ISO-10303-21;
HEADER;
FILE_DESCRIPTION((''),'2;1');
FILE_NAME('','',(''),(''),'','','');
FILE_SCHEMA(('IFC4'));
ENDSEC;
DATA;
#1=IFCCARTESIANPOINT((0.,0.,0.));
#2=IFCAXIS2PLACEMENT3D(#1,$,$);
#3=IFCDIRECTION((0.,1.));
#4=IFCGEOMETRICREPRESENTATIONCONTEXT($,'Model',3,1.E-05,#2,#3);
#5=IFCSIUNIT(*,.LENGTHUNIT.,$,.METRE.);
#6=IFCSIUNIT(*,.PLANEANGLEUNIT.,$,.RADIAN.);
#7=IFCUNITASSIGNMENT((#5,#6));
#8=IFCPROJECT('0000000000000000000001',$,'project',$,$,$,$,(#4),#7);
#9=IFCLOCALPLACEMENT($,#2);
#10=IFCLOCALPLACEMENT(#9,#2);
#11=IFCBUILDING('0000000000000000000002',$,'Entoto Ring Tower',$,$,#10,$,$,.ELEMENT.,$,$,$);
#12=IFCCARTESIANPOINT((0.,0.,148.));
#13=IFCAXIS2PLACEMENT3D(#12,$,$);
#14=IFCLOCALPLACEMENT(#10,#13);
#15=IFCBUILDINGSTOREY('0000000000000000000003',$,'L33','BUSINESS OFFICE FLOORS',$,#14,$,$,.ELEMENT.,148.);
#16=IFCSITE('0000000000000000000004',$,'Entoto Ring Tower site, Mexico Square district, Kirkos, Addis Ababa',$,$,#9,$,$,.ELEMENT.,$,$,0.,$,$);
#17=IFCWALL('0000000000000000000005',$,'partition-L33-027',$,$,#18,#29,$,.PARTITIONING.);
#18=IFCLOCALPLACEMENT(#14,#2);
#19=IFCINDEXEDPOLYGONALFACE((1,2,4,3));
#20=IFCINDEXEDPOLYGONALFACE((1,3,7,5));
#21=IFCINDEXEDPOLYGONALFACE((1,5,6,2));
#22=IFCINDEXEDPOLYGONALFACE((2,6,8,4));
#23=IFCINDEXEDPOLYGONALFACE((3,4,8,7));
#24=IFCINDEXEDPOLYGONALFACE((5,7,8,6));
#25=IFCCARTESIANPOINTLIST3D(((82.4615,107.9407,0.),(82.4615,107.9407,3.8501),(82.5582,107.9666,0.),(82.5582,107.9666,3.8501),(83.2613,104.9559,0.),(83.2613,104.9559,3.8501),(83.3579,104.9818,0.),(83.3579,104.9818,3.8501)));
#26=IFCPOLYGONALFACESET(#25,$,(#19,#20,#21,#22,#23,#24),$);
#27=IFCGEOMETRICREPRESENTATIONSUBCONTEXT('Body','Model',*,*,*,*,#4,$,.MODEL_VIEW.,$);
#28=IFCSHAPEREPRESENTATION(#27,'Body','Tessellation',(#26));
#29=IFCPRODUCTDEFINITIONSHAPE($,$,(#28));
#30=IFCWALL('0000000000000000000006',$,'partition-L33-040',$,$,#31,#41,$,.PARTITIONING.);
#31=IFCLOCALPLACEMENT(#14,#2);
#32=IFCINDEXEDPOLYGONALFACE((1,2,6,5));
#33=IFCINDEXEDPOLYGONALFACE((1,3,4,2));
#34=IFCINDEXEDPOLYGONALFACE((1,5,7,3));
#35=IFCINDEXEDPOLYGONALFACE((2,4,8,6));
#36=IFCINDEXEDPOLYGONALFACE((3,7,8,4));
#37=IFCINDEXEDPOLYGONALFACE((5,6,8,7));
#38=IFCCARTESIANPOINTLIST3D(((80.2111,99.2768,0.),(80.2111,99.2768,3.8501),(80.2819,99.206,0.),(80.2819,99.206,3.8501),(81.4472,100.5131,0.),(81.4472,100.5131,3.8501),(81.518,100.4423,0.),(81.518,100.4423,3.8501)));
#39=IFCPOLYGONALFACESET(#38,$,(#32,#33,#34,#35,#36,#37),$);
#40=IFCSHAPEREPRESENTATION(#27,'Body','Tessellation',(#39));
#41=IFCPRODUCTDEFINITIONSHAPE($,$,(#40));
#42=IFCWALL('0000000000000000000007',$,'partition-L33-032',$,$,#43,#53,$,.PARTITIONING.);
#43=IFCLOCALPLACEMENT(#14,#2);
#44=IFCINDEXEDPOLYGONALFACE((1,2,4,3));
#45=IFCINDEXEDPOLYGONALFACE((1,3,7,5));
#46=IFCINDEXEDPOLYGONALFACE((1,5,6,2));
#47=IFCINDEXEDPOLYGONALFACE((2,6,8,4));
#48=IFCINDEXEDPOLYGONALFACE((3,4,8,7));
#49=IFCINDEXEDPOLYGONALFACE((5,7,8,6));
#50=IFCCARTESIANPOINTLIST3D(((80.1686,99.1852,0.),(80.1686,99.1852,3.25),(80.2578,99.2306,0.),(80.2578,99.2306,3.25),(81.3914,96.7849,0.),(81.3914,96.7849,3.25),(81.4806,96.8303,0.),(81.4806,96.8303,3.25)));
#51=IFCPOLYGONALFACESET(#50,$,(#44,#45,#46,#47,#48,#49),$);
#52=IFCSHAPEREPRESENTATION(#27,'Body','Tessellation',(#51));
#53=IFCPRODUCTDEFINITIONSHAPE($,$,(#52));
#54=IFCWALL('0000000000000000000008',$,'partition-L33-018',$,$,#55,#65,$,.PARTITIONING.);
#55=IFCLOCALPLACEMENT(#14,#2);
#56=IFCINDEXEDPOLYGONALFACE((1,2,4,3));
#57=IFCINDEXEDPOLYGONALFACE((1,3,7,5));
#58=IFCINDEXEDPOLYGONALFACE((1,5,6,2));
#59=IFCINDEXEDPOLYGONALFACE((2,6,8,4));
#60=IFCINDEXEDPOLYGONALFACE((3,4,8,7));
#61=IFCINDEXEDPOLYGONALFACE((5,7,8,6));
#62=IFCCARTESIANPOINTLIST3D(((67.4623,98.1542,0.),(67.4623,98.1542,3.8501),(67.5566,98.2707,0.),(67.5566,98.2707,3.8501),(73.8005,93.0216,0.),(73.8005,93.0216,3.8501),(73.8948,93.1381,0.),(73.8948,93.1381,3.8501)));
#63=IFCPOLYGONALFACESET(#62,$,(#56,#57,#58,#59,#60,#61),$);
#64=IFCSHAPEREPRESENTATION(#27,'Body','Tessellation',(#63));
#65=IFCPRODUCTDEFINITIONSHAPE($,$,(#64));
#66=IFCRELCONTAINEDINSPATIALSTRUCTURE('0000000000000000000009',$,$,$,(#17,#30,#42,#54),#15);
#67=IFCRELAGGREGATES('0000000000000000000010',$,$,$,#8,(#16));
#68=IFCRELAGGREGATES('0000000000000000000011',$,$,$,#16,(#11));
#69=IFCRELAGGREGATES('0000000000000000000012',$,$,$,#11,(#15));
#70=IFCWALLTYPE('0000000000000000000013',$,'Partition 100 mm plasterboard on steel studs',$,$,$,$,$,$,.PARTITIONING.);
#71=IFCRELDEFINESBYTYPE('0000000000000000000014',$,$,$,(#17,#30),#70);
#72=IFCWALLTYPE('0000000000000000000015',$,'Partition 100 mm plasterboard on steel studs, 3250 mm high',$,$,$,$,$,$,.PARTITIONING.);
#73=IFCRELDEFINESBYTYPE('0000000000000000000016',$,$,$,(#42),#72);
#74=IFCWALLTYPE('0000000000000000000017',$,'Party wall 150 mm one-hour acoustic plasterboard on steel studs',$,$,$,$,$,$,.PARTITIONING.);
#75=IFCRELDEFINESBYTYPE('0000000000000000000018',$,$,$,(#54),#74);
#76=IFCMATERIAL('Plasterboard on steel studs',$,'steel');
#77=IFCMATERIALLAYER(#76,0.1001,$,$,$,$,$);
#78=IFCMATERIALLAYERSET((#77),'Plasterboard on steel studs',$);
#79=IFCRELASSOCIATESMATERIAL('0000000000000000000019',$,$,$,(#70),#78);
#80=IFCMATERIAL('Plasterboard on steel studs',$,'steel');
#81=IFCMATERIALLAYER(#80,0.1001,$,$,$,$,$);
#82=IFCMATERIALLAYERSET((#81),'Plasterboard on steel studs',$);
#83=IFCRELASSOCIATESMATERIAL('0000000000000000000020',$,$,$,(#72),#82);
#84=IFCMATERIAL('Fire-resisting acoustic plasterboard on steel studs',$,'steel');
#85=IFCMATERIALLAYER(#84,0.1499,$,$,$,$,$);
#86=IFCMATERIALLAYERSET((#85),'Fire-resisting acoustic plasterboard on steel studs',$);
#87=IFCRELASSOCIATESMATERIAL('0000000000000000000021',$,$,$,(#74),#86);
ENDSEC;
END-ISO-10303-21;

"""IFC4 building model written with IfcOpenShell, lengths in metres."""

from ifc_helpers import new_model, si_unit, direction, frame, frame_2d, origin, place, context, subcontext, project, spatial, rectangle, extrude, material, layer, layer_set, type_object, element, save


model = new_model("IFC4")

# Units and contexts
model_context = context("Model", 3, precision=1e-05, world=origin(), true_north=direction((0.0, 1.0)))
body_context = subcontext(model_context, "Body", "Model", "MODEL_VIEW")
ifc_project = project(units=[si_unit("LENGTHUNIT", "METRE"), si_unit("PLANEANGLEUNIT", "RADIAN")], contexts=[model_context])

# Site, building, storey
site_placement = place(None, origin())
site = spatial("IfcSite", under=ifc_project, at=site_placement, Name="Entoto Ring Tower site, Mexico Square district, Kirkos, Addis Ababa", CompositionType="ELEMENT", RefElevation=0.0)
building_placement = place(site_placement, origin())
building = spatial("IfcBuilding", under=site, at=building_placement, Name="Entoto Ring Tower", CompositionType="ELEMENT")
storey_placement = place(building_placement, frame((0.0, 0.0, 148.0)))
storey = spatial("IfcBuildingStorey", under=building, at=storey_placement, Name="L33", Description="BUSINESS OFFICE FLOORS", CompositionType="ELEMENT", Elevation=148.0)

# Shared definitions
ifc_material_1 = material(Name="Plasterboard on steel studs", Category="steel")
ifc_layer_1 = layer(ifc_material_1, 0.1001)
ifc_layer_set_1 = layer_set([ifc_layer_1], Name="Plasterboard on steel studs")
wall_type_1 = type_object("IfcWallType", Name="Partition 100 mm plasterboard on steel studs", PredefinedType="PARTITIONING", material=ifc_layer_set_1)

# Walls
wall_1_placement = place(storey_placement, frame((83.3096, 104.969, 0.0), z_axis=(0.0, 0.0, 1.0), x_axis=(-0.258823, 0.965925, 0.0)))
element("IfcWall", 1, at=wall_1_placement, inside=storey, type_object=wall_type_1, Name="partition-L33-027", PredefinedType="PARTITIONING", context=body_context, shape_type="SweptSolid", body=[
    extrude(rectangle(XDim=3.0901, YDim=0.1001, at=frame_2d((1.5449, 0.0))), origin(), (0.0, 0.0, 1.0), 3.8501),
])
wall_2_placement = place(storey_placement, frame((80.2466, 99.2415, 0.0), z_axis=(0.0, 0.0, 1.0), x_axis=(0.707037, 0.707177, 0.0)))
element("IfcWall", 2, at=wall_2_placement, inside=storey, type_object=wall_type_1, Name="partition-L33-040", PredefinedType="PARTITIONING", context=body_context, shape_type="SweptSolid", body=[
    extrude(rectangle(XDim=1.7483, YDim=0.1001, at=frame_2d((0.874, 0.0))), origin(), (0.0, 0.0, 1.0), 3.8501),
])
ifc_material_2 = material(Name="Plasterboard on steel studs", Category="steel")
ifc_layer_2 = layer(ifc_material_2, 0.1001)
ifc_layer_set_2 = layer_set([ifc_layer_2], Name="Plasterboard on steel studs")
wall_type_2 = type_object("IfcWallType", Name="Partition 100 mm plasterboard on steel studs, 3250 mm high", PredefinedType="PARTITIONING", material=ifc_layer_set_2)
wall_3_placement = place(storey_placement, frame((81.436, 96.8076, 0.0), z_axis=(0.0, 0.0, 1.0), x_axis=(-0.453943, 0.891031, 0.0)))
element("IfcWall", 3, at=wall_3_placement, inside=storey, type_object=wall_type_2, Name="partition-L33-032", PredefinedType="PARTITIONING", context=body_context, shape_type="SweptSolid", body=[
    extrude(rectangle(XDim=2.6938, YDim=0.1001, at=frame_2d((1.3469, 0.0))), origin(), (0.0, 0.0, 1.0), 3.25),
])
ifc_material_3 = material(Name="Fire-resisting acoustic plasterboard on steel studs", Category="steel")
ifc_layer_3 = layer(ifc_material_3, 0.1499)
ifc_layer_set_3 = layer_set([ifc_layer_3], Name="Fire-resisting acoustic plasterboard on steel studs")
wall_type_3 = type_object("IfcWallType", Name="Party wall 150 mm one-hour acoustic plasterboard on steel studs", PredefinedType="PARTITIONING", material=ifc_layer_set_3)
wall_4_placement = place(storey_placement, frame((73.8477, 93.0798, 0.0), z_axis=(0.0, 0.0, 1.0), x_axis=(-0.777143, 0.629324, 0.0)))
element("IfcWall", 4, at=wall_4_placement, inside=storey, type_object=wall_type_3, Name="partition-L33-018", PredefinedType="PARTITIONING", context=body_context, shape_type="SweptSolid", body=[
    extrude(rectangle(XDim=8.1558, YDim=0.1499, at=frame_2d((4.0779, 0.0))), origin(), (0.0, 0.0, 1.0), 3.8501),
])

save(model, "model.ifc")
